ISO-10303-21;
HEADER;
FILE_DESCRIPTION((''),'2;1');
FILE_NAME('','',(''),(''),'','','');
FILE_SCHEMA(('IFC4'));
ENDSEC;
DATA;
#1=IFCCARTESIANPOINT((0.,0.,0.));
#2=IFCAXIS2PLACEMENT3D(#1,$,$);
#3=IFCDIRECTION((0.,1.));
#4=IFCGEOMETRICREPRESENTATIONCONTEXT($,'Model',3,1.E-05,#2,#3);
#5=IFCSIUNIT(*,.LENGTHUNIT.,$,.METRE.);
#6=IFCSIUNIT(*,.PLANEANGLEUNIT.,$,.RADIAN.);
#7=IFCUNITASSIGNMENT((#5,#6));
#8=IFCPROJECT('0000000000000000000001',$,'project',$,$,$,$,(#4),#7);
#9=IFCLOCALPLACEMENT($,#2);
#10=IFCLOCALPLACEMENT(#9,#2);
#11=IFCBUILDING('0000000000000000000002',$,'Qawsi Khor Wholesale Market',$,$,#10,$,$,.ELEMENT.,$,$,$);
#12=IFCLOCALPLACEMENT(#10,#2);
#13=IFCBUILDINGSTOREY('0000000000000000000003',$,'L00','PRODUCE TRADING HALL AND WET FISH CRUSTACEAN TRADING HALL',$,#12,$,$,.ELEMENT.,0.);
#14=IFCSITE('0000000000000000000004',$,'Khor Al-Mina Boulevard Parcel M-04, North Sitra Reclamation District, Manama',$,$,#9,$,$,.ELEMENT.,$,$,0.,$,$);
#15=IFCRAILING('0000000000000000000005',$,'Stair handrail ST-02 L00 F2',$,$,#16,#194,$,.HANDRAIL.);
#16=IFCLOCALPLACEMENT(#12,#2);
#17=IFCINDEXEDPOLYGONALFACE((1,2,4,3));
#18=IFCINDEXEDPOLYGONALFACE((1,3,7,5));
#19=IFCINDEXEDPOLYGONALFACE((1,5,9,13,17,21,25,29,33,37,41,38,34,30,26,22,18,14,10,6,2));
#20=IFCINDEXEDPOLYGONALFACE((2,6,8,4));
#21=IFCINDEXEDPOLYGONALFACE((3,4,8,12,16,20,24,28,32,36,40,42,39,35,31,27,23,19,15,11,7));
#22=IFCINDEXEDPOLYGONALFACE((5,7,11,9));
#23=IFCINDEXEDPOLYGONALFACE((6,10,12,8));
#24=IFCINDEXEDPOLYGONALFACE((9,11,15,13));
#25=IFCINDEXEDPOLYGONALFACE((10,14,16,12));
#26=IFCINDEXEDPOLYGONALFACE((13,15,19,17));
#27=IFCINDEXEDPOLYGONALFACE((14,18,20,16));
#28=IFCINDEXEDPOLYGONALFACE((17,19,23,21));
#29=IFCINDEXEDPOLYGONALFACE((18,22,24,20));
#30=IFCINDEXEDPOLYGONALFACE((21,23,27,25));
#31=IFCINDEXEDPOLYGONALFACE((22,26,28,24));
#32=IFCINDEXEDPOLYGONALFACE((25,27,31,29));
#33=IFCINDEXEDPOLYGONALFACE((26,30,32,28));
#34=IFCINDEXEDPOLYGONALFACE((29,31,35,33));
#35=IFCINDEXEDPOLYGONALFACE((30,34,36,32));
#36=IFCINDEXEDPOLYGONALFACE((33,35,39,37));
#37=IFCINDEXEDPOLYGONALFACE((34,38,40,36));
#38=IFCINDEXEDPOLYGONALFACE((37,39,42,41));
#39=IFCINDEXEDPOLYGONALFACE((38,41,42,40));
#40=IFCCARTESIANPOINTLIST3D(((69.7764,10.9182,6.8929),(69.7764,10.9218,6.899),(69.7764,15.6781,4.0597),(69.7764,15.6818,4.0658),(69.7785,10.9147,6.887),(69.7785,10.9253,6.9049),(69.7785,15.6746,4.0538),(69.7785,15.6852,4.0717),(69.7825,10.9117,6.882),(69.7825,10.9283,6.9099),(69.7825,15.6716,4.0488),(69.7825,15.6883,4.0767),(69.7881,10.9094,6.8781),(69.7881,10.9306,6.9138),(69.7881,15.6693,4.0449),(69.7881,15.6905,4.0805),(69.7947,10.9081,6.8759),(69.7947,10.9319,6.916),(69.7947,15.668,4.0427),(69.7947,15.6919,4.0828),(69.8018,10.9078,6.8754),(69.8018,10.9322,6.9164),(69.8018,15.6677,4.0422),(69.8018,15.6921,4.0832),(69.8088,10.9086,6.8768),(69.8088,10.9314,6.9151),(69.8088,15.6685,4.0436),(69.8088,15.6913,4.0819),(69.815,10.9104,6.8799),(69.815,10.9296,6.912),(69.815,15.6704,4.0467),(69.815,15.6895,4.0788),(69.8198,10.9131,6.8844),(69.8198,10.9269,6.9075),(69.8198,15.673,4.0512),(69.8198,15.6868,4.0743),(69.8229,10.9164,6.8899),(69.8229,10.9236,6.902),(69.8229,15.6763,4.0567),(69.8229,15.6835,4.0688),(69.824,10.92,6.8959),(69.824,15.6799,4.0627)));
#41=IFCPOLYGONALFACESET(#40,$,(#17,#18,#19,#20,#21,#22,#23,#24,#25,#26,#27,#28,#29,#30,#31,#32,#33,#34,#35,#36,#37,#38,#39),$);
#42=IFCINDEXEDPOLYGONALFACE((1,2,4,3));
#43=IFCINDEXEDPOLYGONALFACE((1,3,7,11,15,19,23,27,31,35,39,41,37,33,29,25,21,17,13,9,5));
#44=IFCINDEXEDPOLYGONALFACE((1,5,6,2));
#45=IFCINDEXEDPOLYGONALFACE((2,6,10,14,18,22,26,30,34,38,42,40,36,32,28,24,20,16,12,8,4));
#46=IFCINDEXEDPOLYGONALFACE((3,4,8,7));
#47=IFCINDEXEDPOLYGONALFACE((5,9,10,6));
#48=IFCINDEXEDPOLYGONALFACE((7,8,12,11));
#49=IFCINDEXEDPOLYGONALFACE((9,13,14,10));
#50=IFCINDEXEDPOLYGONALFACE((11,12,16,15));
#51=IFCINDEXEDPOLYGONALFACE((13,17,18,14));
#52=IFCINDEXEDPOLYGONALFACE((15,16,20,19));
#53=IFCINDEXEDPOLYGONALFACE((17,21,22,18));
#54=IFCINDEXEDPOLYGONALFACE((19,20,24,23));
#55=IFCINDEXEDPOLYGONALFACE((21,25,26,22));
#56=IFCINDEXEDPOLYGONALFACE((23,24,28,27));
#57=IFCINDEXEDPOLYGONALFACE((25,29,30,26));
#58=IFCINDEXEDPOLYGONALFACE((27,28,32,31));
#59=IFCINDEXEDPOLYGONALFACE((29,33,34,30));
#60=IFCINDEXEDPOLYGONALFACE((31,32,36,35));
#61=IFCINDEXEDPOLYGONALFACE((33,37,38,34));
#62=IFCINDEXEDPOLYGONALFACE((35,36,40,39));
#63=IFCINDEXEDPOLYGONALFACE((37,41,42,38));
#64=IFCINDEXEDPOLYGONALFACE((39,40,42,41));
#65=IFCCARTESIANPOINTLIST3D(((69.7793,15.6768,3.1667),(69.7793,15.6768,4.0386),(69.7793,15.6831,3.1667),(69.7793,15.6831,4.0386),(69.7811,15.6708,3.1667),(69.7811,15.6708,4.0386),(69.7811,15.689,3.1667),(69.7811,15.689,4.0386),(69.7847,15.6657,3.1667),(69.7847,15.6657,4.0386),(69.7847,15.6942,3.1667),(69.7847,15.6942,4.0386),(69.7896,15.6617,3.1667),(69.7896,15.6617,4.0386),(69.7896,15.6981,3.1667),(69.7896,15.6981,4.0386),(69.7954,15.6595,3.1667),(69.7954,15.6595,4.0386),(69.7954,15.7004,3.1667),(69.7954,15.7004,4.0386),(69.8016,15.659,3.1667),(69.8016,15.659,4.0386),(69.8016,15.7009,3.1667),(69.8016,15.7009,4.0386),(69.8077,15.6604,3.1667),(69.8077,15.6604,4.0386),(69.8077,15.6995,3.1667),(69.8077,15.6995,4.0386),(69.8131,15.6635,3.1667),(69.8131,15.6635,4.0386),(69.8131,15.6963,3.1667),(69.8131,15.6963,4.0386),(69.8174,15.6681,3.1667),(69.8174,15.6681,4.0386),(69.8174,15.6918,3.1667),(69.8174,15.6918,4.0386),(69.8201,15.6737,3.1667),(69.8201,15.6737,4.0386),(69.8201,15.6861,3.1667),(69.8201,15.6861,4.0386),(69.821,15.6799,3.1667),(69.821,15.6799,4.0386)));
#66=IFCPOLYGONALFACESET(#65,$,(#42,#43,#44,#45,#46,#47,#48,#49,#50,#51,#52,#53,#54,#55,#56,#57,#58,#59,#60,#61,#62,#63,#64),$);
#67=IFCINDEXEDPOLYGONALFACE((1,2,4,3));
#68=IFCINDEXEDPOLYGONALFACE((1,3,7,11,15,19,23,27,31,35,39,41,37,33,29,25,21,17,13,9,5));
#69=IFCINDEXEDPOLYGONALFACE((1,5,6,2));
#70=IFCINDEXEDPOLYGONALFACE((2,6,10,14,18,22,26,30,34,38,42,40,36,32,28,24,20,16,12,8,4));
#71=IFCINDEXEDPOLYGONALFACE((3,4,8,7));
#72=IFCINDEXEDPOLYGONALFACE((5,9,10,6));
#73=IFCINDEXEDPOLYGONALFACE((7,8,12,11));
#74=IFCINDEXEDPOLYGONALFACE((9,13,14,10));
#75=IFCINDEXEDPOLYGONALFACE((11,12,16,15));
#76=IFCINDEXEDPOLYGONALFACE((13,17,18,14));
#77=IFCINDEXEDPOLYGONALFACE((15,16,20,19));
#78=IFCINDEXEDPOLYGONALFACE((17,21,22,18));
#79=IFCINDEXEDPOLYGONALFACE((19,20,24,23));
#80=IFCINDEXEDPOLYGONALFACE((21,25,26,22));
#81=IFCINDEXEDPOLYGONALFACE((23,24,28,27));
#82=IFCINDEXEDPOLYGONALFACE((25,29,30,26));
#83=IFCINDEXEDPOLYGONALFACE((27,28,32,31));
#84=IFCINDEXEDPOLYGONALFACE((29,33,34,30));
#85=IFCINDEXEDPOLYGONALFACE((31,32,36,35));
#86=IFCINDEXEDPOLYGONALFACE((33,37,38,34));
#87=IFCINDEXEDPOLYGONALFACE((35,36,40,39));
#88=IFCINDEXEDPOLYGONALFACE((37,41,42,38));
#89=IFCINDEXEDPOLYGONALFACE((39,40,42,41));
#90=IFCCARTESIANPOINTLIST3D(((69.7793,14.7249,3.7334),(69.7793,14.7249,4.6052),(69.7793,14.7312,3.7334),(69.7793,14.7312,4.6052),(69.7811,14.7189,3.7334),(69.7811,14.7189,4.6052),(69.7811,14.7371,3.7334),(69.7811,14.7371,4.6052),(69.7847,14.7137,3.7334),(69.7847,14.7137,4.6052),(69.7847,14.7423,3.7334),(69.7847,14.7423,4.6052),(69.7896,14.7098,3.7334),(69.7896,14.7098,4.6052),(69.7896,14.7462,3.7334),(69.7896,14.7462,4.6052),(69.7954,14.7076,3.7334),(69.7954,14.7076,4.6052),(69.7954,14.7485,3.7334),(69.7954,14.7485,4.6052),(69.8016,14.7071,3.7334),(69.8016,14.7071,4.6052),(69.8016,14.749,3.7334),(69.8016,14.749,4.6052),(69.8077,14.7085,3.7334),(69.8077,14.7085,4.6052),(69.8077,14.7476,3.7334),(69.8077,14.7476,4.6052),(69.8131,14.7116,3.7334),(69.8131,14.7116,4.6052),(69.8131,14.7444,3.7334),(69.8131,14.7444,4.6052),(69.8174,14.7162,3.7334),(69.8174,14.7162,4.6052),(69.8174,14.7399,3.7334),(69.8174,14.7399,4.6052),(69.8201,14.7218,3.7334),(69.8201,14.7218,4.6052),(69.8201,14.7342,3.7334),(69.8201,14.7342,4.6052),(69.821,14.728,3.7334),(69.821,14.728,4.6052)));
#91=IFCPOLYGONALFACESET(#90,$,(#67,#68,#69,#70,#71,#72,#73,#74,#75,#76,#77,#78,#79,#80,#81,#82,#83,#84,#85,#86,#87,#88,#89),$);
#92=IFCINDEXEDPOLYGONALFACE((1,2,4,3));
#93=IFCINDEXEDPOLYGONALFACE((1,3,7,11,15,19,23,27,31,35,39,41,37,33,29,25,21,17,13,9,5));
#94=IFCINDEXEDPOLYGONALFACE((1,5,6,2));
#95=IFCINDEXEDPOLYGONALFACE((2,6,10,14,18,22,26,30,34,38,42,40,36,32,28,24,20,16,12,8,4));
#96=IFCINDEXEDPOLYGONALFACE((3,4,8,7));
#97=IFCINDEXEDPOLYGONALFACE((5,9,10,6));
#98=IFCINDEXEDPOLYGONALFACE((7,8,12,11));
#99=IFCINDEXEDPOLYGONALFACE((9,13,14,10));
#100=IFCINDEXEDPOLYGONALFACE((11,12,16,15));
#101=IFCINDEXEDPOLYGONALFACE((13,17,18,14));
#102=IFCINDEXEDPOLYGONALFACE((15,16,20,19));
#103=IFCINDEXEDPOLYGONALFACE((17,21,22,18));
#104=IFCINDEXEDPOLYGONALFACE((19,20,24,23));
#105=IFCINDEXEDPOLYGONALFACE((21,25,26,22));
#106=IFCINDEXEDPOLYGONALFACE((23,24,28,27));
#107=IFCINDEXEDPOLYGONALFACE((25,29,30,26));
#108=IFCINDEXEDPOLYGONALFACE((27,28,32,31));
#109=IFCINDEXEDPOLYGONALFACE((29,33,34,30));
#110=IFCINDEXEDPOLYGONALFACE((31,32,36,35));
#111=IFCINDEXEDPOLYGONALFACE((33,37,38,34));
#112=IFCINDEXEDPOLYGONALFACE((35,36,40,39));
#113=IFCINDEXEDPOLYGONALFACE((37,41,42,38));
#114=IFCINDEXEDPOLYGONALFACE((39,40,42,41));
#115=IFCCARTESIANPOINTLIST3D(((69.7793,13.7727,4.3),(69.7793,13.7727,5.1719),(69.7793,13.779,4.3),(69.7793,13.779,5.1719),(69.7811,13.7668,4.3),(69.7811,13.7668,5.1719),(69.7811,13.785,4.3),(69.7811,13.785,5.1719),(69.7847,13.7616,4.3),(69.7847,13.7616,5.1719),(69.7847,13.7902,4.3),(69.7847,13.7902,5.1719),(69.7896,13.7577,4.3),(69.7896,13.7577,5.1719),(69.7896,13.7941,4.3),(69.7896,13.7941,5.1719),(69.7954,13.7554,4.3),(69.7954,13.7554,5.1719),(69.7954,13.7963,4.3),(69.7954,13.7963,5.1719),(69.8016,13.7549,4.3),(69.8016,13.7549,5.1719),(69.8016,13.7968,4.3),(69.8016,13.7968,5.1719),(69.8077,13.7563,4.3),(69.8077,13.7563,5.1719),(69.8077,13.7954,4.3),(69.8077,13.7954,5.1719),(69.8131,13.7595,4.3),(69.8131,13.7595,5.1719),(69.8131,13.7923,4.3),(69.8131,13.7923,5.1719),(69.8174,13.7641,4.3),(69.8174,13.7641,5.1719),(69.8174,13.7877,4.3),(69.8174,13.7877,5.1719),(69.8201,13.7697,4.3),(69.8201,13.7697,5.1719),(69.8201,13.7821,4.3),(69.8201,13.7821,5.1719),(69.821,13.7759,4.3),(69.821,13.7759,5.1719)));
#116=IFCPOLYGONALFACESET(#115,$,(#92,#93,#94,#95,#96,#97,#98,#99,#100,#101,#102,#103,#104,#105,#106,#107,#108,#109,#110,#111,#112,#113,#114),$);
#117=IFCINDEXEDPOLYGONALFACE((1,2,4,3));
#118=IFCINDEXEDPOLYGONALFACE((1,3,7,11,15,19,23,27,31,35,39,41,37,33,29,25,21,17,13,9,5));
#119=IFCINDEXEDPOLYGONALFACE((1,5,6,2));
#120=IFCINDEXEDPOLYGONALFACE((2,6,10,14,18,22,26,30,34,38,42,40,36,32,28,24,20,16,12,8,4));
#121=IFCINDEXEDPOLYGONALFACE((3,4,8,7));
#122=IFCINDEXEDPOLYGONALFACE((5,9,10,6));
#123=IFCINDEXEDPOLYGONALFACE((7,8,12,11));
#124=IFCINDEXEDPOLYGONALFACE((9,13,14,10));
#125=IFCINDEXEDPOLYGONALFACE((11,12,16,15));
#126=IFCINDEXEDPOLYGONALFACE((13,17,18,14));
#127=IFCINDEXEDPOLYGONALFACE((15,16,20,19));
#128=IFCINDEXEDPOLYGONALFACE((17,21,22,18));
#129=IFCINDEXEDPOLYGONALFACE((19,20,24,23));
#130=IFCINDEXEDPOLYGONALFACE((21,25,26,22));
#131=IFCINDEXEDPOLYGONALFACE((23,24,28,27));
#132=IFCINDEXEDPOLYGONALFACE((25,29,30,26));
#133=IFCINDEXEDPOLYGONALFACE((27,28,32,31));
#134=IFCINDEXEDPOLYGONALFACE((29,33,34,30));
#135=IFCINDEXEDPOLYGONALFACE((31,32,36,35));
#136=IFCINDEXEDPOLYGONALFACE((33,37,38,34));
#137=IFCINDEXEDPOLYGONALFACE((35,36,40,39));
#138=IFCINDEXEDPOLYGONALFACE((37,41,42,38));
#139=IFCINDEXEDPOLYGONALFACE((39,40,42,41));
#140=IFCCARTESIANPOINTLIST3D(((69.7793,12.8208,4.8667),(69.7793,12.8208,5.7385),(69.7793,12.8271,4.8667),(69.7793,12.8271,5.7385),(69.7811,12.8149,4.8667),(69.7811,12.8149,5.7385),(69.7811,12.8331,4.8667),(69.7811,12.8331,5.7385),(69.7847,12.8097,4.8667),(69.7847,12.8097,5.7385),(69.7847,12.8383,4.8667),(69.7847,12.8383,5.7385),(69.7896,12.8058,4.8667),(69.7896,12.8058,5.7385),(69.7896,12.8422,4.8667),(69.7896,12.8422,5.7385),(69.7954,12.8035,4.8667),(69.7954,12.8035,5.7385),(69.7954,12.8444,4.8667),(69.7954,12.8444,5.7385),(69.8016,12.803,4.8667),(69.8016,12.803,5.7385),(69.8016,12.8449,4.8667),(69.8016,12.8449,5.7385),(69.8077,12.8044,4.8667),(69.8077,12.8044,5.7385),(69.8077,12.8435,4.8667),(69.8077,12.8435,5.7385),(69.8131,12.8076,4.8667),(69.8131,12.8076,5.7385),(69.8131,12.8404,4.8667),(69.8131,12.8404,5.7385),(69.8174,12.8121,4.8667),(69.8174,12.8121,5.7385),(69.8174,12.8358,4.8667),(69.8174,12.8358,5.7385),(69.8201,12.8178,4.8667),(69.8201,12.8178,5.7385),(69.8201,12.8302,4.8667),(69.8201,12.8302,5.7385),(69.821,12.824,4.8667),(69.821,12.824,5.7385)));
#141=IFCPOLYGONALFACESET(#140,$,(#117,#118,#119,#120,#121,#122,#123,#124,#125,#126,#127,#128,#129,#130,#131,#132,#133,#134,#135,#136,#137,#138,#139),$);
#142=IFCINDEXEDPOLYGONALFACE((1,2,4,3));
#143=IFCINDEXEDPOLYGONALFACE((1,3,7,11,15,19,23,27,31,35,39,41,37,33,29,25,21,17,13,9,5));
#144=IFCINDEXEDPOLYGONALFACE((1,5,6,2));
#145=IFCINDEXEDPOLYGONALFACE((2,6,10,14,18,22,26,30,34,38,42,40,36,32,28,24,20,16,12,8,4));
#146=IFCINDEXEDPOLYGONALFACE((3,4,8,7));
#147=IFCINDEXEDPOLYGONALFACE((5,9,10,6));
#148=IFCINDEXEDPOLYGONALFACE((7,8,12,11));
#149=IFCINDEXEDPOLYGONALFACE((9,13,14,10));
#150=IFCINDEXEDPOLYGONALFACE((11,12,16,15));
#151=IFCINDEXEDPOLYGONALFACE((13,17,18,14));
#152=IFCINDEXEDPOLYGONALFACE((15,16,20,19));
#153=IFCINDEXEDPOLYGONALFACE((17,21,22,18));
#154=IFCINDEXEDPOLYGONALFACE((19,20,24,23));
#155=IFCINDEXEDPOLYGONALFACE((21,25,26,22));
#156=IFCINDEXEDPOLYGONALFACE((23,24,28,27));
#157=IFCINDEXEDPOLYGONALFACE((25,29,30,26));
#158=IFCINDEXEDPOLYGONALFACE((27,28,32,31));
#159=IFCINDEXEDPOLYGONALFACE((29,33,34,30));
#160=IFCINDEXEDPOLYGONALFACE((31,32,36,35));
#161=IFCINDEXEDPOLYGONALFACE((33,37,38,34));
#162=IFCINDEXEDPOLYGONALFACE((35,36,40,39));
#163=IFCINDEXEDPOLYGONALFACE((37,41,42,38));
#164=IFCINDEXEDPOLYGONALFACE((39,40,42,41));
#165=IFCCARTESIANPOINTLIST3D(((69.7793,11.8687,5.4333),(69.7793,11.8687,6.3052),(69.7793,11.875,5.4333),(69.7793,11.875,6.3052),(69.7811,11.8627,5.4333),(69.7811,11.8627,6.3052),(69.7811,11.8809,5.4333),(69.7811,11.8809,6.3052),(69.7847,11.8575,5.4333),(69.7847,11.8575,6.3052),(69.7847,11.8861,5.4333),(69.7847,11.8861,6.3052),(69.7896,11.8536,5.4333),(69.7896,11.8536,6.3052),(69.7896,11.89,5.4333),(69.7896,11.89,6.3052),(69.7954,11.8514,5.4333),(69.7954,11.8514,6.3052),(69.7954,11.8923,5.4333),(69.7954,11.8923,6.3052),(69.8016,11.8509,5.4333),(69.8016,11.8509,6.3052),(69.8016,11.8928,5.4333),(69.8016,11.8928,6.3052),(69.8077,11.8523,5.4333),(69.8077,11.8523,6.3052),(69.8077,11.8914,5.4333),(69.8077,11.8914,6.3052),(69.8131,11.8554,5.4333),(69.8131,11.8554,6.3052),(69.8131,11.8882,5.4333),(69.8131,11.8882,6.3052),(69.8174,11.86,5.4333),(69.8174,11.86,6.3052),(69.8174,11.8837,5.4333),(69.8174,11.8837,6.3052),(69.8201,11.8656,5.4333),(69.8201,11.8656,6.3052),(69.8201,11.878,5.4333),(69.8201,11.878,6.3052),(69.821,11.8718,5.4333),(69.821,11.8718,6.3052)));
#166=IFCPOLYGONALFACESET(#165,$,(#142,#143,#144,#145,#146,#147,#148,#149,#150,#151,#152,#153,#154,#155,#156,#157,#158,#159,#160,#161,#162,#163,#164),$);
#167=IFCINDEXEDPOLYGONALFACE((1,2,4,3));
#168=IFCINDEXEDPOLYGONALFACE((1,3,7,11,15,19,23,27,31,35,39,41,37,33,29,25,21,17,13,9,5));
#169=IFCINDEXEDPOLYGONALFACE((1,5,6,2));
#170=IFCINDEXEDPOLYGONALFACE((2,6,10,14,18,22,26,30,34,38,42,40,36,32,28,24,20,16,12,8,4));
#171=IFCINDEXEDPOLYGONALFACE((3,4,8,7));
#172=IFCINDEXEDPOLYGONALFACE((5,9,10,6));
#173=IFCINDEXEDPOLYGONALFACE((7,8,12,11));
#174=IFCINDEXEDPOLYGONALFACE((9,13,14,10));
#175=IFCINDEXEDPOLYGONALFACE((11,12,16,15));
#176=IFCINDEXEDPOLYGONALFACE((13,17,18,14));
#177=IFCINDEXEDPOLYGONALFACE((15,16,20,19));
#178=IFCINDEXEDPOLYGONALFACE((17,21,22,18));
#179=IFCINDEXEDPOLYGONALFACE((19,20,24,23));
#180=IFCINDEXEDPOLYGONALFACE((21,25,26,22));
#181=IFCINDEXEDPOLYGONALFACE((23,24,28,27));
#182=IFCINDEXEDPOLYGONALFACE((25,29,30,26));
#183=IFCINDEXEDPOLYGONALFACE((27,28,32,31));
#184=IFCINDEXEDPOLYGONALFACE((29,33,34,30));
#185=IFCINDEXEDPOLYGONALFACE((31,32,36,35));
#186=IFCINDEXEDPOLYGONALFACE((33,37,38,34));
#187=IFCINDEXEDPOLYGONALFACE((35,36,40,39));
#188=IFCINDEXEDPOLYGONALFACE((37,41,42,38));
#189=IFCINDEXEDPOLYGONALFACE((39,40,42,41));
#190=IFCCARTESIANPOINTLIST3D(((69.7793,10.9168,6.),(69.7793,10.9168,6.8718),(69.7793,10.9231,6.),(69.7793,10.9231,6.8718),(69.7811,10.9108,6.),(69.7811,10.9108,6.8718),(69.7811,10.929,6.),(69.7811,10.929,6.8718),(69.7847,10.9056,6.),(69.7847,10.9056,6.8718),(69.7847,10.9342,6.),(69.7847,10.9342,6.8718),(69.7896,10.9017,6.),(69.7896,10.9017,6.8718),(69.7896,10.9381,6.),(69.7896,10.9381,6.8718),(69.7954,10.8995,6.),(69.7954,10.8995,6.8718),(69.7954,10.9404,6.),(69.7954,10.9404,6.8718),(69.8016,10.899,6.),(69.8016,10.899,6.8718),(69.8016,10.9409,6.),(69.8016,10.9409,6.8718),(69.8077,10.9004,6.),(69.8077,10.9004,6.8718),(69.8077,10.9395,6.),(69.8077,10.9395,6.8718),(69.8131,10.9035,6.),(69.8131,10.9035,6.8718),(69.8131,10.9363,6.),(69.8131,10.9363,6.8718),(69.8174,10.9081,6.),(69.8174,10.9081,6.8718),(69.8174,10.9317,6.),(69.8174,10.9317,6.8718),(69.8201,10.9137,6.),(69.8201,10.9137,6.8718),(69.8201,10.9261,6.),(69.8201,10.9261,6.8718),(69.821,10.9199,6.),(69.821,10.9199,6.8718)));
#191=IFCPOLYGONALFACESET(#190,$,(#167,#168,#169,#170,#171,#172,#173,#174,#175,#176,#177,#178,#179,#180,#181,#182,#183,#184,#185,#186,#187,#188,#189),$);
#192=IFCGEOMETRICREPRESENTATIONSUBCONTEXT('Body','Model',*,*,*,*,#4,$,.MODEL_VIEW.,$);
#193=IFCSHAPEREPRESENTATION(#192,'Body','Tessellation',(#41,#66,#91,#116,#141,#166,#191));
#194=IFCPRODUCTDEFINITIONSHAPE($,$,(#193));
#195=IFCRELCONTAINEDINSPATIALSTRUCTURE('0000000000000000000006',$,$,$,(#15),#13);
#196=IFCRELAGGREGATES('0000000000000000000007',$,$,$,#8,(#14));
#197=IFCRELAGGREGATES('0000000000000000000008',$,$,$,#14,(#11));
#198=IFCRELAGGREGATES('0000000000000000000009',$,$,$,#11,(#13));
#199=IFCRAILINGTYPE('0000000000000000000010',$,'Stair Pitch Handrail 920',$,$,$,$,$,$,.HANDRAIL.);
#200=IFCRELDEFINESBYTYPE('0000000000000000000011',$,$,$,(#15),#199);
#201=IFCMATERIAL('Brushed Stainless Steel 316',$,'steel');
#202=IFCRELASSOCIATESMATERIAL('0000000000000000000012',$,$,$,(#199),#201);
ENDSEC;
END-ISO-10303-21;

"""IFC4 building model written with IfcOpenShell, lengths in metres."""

from ifc_helpers import new_model, si_unit, direction, frame, origin, origin_2d, place, context, subcontext, project, spatial, circle, extrude, material, type_object, element, save


model = new_model("IFC4")

# Units and contexts
model_context = context("Model", 3, precision=1e-05, world=origin(), true_north=direction((0.0, 1.0)))
body_context = subcontext(model_context, "Body", "Model", "MODEL_VIEW")
ifc_project = project(units=[si_unit("LENGTHUNIT", "METRE"), si_unit("PLANEANGLEUNIT", "RADIAN")], contexts=[model_context])

# Site, building, storey
site_placement = place(None, origin())
site = spatial("IfcSite", under=ifc_project, at=site_placement, Name="Khor Al-Mina Boulevard Parcel M-04, North Sitra Reclamation District, Manama", CompositionType="ELEMENT", RefElevation=0.0)
building_placement = place(site_placement, origin())
building = spatial("IfcBuilding", under=site, at=building_placement, Name="Qawsi Khor Wholesale Market", CompositionType="ELEMENT")
storey_placement = place(building_placement, origin())
storey = spatial("IfcBuildingStorey", under=building, at=storey_placement, Name="L00", Description="PRODUCE TRADING HALL AND WET FISH CRUSTACEAN TRADING HALL", CompositionType="ELEMENT", Elevation=0.0)

# Railing
ifc_material_1 = material(Name="Brushed Stainless Steel 316", Category="steel")
railing_type = type_object("IfcRailingType", Name="Stair Pitch Handrail 920", PredefinedType="HANDRAIL", material=ifc_material_1)
railing_1_placement = place(storey_placement, frame((69.8, 15.6799, 3.1667)))
element("IfcRailing", 1, at=railing_1_placement, inside=storey, type_object=railing_type, Name="Stair handrail ST-02 L00 F2", PredefinedType="HANDRAIL", context=body_context, shape_type="SweptSolid", body=[
    extrude(circle(Radius=0.0239, at=origin_2d()), frame((0.0, 0.0, 0.896), z_axis=(0.0, -0.8593, 0.511472), x_axis=(1.0, 0.0, 0.0)), (0.0, 0.0, 1.0), 5.5393),
    extrude(circle(Radius=0.021, at=origin_2d()), origin(), (0.0, 0.0, 1.0), 0.8718),
    extrude(circle(Radius=0.021, at=origin_2d()), frame((0.0, -0.9519, 0.5667)), (0.0, 0.0, 1.0), 0.8718),
    extrude(circle(Radius=0.021, at=origin_2d()), frame((0.0, -1.9041, 1.1333)), (0.0, 0.0, 1.0), 0.8718),
    extrude(circle(Radius=0.021, at=origin_2d()), frame((0.0, -2.856, 1.7)), (0.0, 0.0, 1.0), 0.8718),
    extrude(circle(Radius=0.021, at=origin_2d()), frame((0.0, -3.8081, 2.2666)), (0.0, 0.0, 1.0), 0.8718),
    extrude(circle(Radius=0.021, at=origin_2d()), frame((0.0, -4.76, 2.8333)), (0.0, 0.0, 1.0), 0.8718),
])

save(model, "model.ifc")
